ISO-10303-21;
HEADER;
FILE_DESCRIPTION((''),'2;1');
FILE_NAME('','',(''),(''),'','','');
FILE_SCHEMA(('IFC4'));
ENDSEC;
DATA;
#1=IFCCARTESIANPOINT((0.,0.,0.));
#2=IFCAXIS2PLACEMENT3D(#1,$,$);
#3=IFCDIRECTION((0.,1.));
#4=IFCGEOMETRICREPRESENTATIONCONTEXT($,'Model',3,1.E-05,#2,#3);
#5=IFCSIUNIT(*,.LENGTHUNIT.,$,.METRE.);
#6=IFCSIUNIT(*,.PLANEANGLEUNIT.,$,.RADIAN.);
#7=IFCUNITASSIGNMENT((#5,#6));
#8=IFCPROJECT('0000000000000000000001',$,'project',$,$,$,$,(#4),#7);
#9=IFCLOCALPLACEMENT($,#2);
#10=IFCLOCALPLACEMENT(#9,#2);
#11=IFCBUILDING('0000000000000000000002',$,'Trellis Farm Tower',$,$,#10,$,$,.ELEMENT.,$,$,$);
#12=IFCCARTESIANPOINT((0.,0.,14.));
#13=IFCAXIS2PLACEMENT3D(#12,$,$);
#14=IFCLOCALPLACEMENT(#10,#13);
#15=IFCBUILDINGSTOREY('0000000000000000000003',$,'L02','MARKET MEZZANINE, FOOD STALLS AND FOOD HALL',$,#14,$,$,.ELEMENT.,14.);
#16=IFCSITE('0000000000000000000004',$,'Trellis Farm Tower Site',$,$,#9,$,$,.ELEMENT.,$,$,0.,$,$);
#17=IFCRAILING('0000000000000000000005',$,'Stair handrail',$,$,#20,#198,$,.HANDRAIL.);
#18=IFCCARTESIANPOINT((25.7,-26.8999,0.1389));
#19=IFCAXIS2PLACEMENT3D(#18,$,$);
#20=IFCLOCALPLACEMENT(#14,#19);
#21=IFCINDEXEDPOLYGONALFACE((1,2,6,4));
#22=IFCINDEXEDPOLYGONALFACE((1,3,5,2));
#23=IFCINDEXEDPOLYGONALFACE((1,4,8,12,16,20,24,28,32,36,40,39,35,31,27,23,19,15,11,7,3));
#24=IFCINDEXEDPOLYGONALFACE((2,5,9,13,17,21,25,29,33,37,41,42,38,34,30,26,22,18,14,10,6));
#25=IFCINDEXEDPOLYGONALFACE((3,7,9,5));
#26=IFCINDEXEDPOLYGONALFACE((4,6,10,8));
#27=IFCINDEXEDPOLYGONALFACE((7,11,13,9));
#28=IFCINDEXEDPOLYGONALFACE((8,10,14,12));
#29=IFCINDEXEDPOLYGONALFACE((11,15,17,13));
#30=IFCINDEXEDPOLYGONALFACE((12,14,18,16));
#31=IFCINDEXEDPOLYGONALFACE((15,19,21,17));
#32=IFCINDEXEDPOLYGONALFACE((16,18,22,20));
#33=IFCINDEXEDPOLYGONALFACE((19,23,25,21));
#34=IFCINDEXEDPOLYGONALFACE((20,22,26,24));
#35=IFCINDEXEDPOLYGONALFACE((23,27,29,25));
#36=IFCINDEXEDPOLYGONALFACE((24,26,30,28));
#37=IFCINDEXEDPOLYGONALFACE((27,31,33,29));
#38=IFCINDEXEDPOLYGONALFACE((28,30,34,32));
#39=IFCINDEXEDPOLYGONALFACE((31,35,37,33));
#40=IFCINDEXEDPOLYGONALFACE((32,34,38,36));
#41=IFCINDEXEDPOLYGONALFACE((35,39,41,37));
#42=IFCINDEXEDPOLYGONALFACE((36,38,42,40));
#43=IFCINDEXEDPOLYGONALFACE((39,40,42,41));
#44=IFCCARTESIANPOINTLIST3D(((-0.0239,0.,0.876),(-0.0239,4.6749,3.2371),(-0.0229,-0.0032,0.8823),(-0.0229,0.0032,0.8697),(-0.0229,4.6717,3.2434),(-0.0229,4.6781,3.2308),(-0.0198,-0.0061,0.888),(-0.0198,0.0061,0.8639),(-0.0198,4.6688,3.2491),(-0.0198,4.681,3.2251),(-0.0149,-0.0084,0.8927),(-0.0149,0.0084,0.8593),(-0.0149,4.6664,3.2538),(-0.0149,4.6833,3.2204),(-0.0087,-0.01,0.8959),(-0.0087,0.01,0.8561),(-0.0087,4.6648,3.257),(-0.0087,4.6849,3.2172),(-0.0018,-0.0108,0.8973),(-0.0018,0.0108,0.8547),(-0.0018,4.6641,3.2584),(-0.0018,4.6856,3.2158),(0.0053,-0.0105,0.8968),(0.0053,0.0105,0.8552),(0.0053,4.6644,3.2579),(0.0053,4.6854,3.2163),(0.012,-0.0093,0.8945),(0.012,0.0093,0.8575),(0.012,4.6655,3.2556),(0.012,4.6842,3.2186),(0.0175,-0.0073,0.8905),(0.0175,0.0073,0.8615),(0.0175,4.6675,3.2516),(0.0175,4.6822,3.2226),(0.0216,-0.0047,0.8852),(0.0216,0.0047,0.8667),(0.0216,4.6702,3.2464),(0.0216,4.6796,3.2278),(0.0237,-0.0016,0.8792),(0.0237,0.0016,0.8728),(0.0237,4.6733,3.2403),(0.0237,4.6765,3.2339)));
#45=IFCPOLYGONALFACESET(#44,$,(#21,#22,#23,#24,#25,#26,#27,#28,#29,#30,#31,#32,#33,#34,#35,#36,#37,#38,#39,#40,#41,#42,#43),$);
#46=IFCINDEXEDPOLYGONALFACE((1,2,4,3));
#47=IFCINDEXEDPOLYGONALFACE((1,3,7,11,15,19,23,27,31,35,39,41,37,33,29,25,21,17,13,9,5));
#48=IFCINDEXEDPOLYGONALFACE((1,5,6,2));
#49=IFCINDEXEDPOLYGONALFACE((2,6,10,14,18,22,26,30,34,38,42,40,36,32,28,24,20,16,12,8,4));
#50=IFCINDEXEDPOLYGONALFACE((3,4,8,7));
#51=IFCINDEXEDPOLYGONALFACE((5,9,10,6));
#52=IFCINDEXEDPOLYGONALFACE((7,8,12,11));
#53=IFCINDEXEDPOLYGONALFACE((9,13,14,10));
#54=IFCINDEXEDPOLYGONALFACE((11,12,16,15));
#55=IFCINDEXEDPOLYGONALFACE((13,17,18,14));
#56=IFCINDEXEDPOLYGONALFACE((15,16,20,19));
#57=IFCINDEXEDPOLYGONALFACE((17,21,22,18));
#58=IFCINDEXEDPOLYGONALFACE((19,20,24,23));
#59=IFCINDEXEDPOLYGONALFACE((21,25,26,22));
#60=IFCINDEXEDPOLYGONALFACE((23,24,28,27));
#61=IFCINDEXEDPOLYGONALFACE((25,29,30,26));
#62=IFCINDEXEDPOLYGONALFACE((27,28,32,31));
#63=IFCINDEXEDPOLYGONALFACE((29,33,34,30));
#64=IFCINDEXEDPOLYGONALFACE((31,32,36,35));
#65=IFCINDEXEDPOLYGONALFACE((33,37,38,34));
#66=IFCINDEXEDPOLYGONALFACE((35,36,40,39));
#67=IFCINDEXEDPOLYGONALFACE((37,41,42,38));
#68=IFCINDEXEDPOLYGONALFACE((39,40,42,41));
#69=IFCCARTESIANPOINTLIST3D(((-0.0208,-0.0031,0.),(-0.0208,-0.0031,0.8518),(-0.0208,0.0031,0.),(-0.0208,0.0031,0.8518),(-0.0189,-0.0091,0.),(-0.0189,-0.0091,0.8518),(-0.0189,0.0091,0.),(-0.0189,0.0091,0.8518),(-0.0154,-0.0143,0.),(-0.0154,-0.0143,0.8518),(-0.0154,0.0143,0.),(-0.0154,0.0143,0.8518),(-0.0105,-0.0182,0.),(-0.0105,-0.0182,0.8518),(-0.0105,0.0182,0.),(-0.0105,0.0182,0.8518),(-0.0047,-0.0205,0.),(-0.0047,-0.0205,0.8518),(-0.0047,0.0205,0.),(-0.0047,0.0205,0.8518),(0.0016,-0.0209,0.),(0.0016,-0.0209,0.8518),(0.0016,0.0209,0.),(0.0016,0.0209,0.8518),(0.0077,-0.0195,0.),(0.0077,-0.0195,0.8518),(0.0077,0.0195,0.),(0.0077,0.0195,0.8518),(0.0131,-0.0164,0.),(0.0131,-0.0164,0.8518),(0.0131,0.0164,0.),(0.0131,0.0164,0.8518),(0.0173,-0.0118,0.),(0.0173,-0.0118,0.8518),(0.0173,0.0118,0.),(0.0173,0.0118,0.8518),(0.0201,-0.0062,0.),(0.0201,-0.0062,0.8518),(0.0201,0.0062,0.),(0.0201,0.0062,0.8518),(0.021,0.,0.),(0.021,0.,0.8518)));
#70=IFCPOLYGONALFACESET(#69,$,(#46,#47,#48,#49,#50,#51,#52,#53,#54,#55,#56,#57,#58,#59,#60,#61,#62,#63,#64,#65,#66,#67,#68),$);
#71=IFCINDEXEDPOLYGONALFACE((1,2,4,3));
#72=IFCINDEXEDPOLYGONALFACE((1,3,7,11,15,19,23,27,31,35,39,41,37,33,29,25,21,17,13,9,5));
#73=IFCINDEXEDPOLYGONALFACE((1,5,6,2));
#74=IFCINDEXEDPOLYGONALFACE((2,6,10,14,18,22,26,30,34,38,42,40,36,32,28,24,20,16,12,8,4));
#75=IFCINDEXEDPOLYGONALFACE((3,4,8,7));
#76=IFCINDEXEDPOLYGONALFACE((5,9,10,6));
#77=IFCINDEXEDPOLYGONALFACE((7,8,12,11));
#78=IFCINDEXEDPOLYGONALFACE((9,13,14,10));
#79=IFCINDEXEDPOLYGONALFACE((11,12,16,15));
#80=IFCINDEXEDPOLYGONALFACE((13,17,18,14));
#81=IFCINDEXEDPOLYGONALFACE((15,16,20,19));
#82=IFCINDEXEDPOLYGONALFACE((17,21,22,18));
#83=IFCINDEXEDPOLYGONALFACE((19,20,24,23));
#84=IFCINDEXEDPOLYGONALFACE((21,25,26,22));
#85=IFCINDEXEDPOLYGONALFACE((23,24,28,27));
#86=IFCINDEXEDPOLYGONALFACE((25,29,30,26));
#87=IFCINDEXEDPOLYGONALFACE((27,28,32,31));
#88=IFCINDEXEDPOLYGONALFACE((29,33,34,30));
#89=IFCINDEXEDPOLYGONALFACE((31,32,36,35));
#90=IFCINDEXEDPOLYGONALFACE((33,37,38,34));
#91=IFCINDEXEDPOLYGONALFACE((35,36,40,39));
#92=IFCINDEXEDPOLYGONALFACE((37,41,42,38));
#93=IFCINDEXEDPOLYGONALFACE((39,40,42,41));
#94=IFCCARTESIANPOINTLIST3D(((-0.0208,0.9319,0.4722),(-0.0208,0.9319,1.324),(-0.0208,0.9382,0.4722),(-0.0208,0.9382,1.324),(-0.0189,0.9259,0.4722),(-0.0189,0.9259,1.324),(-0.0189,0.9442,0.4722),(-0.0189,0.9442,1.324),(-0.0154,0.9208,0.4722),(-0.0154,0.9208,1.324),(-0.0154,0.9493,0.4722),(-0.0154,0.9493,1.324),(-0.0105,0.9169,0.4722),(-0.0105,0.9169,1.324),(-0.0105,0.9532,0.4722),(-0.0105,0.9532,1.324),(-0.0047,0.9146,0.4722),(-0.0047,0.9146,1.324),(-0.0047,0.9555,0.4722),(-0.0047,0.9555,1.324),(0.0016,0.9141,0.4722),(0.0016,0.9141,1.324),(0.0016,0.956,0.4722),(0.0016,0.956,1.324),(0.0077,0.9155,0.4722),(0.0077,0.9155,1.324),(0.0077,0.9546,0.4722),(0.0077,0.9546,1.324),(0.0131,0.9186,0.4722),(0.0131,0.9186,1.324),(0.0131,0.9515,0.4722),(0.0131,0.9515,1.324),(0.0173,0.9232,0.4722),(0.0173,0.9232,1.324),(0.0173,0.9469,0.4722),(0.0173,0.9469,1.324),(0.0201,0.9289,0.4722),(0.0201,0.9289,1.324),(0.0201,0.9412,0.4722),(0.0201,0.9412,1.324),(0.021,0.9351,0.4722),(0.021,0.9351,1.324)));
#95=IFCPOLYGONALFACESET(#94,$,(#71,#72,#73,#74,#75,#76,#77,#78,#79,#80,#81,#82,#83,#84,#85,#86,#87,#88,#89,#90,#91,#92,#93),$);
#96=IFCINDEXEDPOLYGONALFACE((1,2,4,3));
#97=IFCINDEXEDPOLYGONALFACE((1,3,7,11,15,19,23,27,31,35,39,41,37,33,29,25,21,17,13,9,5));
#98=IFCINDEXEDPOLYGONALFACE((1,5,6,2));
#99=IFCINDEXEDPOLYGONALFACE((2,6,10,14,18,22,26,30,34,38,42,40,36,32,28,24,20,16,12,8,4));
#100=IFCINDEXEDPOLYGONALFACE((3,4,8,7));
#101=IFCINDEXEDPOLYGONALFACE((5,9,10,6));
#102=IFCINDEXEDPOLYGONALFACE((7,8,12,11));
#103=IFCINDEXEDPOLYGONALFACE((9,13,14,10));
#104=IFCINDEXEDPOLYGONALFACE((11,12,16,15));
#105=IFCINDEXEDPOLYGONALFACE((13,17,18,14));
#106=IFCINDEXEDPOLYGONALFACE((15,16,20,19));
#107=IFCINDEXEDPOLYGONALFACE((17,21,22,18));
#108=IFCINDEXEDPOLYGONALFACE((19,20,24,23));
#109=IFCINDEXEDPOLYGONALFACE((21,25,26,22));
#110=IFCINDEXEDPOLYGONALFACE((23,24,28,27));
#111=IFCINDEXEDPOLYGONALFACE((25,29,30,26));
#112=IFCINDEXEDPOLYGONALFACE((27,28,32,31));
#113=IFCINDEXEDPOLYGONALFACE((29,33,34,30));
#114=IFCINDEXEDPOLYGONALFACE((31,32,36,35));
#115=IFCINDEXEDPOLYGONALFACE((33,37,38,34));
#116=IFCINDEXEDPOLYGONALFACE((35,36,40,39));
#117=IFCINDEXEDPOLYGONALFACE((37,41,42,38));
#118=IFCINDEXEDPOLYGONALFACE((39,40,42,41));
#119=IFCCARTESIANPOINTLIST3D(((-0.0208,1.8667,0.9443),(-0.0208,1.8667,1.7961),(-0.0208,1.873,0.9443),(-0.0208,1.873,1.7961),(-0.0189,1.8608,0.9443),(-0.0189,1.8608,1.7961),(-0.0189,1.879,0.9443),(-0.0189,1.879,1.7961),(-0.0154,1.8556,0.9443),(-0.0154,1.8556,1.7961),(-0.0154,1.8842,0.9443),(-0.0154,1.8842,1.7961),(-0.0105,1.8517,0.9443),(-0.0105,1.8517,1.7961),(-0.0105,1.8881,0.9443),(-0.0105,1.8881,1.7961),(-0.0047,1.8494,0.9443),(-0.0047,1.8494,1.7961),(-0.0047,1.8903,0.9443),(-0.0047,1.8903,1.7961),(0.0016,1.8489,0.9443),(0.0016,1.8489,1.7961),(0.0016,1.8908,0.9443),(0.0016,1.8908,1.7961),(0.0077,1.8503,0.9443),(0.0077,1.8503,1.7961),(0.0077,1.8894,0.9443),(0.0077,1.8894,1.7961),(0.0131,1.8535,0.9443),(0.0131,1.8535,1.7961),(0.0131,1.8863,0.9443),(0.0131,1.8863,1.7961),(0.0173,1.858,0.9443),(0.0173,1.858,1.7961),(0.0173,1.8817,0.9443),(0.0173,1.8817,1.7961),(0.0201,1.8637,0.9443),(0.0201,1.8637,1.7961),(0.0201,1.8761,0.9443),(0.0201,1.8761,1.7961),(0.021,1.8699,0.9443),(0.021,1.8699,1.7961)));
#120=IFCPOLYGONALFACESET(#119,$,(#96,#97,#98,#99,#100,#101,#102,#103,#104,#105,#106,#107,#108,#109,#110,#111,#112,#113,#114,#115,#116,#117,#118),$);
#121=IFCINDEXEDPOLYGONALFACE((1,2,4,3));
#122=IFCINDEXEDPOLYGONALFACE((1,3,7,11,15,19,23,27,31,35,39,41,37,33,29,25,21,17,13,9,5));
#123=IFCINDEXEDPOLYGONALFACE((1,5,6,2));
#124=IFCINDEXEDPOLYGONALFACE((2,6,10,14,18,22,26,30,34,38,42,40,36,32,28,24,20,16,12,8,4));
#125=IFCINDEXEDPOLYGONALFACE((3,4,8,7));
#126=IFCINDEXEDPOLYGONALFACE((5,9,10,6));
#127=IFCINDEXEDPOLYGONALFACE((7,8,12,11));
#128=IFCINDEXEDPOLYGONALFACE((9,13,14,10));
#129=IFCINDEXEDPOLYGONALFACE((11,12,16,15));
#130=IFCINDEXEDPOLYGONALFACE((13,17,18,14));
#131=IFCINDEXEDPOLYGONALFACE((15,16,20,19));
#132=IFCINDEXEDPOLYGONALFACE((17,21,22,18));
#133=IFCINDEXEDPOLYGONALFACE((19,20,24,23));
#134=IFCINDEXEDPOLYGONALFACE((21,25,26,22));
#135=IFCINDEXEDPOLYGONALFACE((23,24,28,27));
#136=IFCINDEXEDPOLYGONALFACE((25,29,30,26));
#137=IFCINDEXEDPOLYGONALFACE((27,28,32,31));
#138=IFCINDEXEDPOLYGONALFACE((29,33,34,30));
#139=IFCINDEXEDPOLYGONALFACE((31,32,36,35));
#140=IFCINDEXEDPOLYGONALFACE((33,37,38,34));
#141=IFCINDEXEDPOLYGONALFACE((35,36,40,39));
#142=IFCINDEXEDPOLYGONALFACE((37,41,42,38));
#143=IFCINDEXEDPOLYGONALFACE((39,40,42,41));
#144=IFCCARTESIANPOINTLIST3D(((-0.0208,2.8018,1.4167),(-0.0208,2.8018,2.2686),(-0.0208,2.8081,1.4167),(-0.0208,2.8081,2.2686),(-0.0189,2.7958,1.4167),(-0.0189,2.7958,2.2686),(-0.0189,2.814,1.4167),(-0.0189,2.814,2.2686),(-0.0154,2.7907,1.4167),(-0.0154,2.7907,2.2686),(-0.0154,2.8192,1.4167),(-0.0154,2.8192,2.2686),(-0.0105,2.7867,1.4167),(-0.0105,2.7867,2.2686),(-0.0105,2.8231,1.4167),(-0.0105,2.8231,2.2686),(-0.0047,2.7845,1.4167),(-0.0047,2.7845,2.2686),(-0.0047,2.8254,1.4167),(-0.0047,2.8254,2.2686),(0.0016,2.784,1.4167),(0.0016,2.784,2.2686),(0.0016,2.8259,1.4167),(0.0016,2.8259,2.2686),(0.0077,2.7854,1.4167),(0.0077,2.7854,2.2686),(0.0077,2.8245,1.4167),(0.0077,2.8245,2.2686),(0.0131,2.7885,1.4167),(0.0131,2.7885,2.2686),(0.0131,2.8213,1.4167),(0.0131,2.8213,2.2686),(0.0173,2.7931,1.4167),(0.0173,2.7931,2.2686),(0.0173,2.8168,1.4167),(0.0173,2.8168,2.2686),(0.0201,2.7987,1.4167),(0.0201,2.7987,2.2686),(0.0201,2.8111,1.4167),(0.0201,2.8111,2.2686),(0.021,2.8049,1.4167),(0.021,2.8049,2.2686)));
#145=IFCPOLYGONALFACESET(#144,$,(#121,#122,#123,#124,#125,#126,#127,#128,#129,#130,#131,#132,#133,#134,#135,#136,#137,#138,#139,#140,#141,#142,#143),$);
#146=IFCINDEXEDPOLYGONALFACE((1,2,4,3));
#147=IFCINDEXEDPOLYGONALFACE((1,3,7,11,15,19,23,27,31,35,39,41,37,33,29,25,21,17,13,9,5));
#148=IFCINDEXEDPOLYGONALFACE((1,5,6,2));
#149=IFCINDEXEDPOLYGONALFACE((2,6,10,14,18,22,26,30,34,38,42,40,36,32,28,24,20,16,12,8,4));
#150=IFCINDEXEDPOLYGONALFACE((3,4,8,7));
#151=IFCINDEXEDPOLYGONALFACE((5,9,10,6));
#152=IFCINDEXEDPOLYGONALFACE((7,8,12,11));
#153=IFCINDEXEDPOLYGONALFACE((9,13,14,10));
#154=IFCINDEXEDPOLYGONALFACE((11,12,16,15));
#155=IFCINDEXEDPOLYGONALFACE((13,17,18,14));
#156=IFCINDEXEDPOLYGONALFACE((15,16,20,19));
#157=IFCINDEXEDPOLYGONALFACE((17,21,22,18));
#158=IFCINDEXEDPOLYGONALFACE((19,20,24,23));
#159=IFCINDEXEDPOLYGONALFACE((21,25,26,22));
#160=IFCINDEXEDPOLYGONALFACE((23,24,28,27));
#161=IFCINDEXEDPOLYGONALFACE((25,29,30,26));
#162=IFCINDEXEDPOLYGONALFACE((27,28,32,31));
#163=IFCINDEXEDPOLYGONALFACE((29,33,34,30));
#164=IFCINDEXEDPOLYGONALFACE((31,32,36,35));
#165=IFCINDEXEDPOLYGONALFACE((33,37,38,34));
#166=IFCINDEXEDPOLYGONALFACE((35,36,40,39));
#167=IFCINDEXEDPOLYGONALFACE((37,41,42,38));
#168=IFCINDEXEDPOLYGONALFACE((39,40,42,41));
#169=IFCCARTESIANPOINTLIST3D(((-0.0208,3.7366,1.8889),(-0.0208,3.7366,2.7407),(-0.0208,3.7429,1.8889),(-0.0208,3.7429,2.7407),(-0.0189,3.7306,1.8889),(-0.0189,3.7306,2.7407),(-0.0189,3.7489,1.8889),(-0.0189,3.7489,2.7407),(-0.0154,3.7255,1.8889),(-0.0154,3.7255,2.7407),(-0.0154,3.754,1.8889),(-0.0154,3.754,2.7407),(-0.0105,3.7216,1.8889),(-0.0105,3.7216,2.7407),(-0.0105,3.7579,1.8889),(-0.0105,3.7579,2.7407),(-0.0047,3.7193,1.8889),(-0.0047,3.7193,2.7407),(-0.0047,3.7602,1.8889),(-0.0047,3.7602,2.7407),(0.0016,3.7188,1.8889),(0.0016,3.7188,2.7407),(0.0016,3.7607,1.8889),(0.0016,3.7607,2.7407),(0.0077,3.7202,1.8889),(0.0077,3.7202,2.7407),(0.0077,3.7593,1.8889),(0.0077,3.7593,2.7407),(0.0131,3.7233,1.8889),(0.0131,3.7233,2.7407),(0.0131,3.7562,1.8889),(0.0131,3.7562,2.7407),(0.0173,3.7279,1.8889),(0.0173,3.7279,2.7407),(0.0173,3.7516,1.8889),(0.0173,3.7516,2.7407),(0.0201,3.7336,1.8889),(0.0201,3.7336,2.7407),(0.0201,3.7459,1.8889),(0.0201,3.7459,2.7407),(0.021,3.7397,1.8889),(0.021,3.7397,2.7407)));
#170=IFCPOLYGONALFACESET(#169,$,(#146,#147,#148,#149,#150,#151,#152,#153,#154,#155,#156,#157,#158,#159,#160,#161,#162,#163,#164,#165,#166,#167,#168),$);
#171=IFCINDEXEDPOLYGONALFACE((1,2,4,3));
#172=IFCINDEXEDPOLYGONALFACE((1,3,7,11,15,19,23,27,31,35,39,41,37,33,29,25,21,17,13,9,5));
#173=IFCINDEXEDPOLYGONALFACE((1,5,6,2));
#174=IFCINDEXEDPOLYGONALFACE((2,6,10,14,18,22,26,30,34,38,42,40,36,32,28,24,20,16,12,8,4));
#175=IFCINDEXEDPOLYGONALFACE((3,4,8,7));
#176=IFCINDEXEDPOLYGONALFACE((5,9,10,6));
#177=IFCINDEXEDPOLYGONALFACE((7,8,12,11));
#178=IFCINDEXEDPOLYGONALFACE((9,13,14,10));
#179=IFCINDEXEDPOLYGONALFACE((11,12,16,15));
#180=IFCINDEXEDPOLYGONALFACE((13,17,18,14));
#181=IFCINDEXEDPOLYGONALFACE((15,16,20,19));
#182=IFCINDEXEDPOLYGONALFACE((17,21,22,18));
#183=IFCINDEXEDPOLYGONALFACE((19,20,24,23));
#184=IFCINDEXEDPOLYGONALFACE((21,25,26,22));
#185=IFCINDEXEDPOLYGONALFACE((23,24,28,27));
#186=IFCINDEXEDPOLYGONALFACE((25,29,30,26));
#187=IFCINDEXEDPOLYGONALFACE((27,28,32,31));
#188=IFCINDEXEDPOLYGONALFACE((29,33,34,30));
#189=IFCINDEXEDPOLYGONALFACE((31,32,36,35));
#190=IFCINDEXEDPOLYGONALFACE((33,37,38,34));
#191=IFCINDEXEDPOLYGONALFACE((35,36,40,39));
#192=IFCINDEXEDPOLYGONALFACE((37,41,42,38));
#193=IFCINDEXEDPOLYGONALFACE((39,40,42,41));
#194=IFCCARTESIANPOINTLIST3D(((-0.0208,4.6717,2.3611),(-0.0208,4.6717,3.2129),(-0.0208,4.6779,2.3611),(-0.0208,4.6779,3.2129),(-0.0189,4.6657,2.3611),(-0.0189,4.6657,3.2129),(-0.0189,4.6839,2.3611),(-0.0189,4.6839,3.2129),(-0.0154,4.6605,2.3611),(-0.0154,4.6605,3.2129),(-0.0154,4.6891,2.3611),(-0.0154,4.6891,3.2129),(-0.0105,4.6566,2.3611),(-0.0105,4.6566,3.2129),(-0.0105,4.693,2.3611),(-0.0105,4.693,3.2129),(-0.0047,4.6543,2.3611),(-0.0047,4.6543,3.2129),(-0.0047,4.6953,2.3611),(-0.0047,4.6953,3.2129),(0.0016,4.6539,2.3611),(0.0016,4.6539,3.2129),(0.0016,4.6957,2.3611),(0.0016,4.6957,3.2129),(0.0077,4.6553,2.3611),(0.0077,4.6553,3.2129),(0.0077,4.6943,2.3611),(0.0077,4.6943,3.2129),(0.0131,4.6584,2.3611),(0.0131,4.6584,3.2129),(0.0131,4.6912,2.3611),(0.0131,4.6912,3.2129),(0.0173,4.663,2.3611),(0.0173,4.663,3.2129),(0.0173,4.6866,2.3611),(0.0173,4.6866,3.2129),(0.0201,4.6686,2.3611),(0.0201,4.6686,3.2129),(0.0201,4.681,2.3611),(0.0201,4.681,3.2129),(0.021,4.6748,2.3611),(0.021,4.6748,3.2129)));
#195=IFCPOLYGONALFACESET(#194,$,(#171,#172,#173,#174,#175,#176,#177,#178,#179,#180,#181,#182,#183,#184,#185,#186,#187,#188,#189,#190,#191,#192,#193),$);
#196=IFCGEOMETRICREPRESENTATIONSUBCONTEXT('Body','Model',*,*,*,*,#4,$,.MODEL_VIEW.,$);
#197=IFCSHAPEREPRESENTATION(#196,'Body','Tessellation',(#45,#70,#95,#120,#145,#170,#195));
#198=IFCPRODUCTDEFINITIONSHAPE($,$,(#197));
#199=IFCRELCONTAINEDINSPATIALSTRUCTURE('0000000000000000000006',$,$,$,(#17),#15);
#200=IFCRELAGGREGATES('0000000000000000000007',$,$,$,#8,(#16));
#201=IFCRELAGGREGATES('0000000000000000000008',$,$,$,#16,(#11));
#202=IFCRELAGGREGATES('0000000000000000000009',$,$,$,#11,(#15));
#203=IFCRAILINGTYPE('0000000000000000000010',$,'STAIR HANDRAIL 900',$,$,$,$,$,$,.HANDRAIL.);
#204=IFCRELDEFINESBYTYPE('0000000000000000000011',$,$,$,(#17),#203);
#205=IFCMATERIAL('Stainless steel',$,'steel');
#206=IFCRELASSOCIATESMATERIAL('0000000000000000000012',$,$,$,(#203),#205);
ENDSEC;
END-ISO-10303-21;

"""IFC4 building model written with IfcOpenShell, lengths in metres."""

from ifc_helpers import new_model, si_unit, direction, frame, origin, origin_2d, place, context, subcontext, project, spatial, circle, extrude, source, transform, mapped, material, type_object, element, save


model = new_model("IFC4")

# Units and contexts
model_context = context("Model", 3, precision=1e-05, world=origin(), true_north=direction((0.0, 1.0)))
body_context = subcontext(model_context, "Body", "Model", "MODEL_VIEW")
ifc_project = project(units=[si_unit("LENGTHUNIT", "METRE"), si_unit("PLANEANGLEUNIT", "RADIAN")], contexts=[model_context])

# Site, building, storey
site_placement = place(None, origin())
site = spatial("IfcSite", under=ifc_project, at=site_placement, Name="Trellis Farm Tower Site", CompositionType="ELEMENT", RefElevation=0.0)
building_placement = place(site_placement, origin())
building = spatial("IfcBuilding", under=site, at=building_placement, Name="Trellis Farm Tower", CompositionType="ELEMENT")
storey_placement = place(building_placement, frame((0.0, 0.0, 14.0)))
storey = spatial("IfcBuildingStorey", under=building, at=storey_placement, Name="L02", Description="MARKET MEZZANINE, FOOD STALLS AND FOOD HALL", CompositionType="ELEMENT", Elevation=14.0)

# Railing
ifc_material_1 = material(Name="Stainless steel", Category="steel")
railing_type = type_object("IfcRailingType", Name="STAIR HANDRAIL 900", PredefinedType="HANDRAIL", material=ifc_material_1)
shared_shape_1 = source(origin(), body_context, "Body", "SweptSolid", [
    extrude(circle(Radius=0.0239, at=origin_2d()), frame((0.0, 0.0, 0.876), z_axis=(0.0, 0.892611, 0.450827), x_axis=(-1.0, 0.0, 0.0)), (0.0, 0.0, 1.0), 5.2373),
    extrude(circle(Radius=0.021, at=origin_2d()), origin(), (0.0, 0.0, 1.0), 0.8518),
    extrude(circle(Radius=0.021, at=origin_2d()), frame((0.0, 0.9351, 0.4722)), (0.0, 0.0, 1.0), 0.8518),
    extrude(circle(Radius=0.021, at=origin_2d()), frame((0.0, 1.8699, 0.9443)), (0.0, 0.0, 1.0), 0.8518),
    extrude(circle(Radius=0.021, at=origin_2d()), frame((0.0, 2.8049, 1.4167)), (0.0, 0.0, 1.0), 0.8518),
    extrude(circle(Radius=0.021, at=origin_2d()), frame((0.0, 3.7397, 1.8889)), (0.0, 0.0, 1.0), 0.8518),
    extrude(circle(Radius=0.021, at=origin_2d()), frame((0.0, 4.6748, 2.3611)), (0.0, 0.0, 1.0), 0.8518),
])
for number, where, name in (
    (1, (25.7, -26.8999, 0.1389), "Stair handrail"),
):
    element("IfcRailing", number, at=place(storey_placement, frame(where)), inside=storey, type_object=railing_type, Name=name, PredefinedType="HANDRAIL", context=body_context, shape_type="MappedRepresentation", body=[
        mapped(shared_shape_1, transform((0.0, 0.0, 0.0))),
    ])

save(model, "model.ifc")
